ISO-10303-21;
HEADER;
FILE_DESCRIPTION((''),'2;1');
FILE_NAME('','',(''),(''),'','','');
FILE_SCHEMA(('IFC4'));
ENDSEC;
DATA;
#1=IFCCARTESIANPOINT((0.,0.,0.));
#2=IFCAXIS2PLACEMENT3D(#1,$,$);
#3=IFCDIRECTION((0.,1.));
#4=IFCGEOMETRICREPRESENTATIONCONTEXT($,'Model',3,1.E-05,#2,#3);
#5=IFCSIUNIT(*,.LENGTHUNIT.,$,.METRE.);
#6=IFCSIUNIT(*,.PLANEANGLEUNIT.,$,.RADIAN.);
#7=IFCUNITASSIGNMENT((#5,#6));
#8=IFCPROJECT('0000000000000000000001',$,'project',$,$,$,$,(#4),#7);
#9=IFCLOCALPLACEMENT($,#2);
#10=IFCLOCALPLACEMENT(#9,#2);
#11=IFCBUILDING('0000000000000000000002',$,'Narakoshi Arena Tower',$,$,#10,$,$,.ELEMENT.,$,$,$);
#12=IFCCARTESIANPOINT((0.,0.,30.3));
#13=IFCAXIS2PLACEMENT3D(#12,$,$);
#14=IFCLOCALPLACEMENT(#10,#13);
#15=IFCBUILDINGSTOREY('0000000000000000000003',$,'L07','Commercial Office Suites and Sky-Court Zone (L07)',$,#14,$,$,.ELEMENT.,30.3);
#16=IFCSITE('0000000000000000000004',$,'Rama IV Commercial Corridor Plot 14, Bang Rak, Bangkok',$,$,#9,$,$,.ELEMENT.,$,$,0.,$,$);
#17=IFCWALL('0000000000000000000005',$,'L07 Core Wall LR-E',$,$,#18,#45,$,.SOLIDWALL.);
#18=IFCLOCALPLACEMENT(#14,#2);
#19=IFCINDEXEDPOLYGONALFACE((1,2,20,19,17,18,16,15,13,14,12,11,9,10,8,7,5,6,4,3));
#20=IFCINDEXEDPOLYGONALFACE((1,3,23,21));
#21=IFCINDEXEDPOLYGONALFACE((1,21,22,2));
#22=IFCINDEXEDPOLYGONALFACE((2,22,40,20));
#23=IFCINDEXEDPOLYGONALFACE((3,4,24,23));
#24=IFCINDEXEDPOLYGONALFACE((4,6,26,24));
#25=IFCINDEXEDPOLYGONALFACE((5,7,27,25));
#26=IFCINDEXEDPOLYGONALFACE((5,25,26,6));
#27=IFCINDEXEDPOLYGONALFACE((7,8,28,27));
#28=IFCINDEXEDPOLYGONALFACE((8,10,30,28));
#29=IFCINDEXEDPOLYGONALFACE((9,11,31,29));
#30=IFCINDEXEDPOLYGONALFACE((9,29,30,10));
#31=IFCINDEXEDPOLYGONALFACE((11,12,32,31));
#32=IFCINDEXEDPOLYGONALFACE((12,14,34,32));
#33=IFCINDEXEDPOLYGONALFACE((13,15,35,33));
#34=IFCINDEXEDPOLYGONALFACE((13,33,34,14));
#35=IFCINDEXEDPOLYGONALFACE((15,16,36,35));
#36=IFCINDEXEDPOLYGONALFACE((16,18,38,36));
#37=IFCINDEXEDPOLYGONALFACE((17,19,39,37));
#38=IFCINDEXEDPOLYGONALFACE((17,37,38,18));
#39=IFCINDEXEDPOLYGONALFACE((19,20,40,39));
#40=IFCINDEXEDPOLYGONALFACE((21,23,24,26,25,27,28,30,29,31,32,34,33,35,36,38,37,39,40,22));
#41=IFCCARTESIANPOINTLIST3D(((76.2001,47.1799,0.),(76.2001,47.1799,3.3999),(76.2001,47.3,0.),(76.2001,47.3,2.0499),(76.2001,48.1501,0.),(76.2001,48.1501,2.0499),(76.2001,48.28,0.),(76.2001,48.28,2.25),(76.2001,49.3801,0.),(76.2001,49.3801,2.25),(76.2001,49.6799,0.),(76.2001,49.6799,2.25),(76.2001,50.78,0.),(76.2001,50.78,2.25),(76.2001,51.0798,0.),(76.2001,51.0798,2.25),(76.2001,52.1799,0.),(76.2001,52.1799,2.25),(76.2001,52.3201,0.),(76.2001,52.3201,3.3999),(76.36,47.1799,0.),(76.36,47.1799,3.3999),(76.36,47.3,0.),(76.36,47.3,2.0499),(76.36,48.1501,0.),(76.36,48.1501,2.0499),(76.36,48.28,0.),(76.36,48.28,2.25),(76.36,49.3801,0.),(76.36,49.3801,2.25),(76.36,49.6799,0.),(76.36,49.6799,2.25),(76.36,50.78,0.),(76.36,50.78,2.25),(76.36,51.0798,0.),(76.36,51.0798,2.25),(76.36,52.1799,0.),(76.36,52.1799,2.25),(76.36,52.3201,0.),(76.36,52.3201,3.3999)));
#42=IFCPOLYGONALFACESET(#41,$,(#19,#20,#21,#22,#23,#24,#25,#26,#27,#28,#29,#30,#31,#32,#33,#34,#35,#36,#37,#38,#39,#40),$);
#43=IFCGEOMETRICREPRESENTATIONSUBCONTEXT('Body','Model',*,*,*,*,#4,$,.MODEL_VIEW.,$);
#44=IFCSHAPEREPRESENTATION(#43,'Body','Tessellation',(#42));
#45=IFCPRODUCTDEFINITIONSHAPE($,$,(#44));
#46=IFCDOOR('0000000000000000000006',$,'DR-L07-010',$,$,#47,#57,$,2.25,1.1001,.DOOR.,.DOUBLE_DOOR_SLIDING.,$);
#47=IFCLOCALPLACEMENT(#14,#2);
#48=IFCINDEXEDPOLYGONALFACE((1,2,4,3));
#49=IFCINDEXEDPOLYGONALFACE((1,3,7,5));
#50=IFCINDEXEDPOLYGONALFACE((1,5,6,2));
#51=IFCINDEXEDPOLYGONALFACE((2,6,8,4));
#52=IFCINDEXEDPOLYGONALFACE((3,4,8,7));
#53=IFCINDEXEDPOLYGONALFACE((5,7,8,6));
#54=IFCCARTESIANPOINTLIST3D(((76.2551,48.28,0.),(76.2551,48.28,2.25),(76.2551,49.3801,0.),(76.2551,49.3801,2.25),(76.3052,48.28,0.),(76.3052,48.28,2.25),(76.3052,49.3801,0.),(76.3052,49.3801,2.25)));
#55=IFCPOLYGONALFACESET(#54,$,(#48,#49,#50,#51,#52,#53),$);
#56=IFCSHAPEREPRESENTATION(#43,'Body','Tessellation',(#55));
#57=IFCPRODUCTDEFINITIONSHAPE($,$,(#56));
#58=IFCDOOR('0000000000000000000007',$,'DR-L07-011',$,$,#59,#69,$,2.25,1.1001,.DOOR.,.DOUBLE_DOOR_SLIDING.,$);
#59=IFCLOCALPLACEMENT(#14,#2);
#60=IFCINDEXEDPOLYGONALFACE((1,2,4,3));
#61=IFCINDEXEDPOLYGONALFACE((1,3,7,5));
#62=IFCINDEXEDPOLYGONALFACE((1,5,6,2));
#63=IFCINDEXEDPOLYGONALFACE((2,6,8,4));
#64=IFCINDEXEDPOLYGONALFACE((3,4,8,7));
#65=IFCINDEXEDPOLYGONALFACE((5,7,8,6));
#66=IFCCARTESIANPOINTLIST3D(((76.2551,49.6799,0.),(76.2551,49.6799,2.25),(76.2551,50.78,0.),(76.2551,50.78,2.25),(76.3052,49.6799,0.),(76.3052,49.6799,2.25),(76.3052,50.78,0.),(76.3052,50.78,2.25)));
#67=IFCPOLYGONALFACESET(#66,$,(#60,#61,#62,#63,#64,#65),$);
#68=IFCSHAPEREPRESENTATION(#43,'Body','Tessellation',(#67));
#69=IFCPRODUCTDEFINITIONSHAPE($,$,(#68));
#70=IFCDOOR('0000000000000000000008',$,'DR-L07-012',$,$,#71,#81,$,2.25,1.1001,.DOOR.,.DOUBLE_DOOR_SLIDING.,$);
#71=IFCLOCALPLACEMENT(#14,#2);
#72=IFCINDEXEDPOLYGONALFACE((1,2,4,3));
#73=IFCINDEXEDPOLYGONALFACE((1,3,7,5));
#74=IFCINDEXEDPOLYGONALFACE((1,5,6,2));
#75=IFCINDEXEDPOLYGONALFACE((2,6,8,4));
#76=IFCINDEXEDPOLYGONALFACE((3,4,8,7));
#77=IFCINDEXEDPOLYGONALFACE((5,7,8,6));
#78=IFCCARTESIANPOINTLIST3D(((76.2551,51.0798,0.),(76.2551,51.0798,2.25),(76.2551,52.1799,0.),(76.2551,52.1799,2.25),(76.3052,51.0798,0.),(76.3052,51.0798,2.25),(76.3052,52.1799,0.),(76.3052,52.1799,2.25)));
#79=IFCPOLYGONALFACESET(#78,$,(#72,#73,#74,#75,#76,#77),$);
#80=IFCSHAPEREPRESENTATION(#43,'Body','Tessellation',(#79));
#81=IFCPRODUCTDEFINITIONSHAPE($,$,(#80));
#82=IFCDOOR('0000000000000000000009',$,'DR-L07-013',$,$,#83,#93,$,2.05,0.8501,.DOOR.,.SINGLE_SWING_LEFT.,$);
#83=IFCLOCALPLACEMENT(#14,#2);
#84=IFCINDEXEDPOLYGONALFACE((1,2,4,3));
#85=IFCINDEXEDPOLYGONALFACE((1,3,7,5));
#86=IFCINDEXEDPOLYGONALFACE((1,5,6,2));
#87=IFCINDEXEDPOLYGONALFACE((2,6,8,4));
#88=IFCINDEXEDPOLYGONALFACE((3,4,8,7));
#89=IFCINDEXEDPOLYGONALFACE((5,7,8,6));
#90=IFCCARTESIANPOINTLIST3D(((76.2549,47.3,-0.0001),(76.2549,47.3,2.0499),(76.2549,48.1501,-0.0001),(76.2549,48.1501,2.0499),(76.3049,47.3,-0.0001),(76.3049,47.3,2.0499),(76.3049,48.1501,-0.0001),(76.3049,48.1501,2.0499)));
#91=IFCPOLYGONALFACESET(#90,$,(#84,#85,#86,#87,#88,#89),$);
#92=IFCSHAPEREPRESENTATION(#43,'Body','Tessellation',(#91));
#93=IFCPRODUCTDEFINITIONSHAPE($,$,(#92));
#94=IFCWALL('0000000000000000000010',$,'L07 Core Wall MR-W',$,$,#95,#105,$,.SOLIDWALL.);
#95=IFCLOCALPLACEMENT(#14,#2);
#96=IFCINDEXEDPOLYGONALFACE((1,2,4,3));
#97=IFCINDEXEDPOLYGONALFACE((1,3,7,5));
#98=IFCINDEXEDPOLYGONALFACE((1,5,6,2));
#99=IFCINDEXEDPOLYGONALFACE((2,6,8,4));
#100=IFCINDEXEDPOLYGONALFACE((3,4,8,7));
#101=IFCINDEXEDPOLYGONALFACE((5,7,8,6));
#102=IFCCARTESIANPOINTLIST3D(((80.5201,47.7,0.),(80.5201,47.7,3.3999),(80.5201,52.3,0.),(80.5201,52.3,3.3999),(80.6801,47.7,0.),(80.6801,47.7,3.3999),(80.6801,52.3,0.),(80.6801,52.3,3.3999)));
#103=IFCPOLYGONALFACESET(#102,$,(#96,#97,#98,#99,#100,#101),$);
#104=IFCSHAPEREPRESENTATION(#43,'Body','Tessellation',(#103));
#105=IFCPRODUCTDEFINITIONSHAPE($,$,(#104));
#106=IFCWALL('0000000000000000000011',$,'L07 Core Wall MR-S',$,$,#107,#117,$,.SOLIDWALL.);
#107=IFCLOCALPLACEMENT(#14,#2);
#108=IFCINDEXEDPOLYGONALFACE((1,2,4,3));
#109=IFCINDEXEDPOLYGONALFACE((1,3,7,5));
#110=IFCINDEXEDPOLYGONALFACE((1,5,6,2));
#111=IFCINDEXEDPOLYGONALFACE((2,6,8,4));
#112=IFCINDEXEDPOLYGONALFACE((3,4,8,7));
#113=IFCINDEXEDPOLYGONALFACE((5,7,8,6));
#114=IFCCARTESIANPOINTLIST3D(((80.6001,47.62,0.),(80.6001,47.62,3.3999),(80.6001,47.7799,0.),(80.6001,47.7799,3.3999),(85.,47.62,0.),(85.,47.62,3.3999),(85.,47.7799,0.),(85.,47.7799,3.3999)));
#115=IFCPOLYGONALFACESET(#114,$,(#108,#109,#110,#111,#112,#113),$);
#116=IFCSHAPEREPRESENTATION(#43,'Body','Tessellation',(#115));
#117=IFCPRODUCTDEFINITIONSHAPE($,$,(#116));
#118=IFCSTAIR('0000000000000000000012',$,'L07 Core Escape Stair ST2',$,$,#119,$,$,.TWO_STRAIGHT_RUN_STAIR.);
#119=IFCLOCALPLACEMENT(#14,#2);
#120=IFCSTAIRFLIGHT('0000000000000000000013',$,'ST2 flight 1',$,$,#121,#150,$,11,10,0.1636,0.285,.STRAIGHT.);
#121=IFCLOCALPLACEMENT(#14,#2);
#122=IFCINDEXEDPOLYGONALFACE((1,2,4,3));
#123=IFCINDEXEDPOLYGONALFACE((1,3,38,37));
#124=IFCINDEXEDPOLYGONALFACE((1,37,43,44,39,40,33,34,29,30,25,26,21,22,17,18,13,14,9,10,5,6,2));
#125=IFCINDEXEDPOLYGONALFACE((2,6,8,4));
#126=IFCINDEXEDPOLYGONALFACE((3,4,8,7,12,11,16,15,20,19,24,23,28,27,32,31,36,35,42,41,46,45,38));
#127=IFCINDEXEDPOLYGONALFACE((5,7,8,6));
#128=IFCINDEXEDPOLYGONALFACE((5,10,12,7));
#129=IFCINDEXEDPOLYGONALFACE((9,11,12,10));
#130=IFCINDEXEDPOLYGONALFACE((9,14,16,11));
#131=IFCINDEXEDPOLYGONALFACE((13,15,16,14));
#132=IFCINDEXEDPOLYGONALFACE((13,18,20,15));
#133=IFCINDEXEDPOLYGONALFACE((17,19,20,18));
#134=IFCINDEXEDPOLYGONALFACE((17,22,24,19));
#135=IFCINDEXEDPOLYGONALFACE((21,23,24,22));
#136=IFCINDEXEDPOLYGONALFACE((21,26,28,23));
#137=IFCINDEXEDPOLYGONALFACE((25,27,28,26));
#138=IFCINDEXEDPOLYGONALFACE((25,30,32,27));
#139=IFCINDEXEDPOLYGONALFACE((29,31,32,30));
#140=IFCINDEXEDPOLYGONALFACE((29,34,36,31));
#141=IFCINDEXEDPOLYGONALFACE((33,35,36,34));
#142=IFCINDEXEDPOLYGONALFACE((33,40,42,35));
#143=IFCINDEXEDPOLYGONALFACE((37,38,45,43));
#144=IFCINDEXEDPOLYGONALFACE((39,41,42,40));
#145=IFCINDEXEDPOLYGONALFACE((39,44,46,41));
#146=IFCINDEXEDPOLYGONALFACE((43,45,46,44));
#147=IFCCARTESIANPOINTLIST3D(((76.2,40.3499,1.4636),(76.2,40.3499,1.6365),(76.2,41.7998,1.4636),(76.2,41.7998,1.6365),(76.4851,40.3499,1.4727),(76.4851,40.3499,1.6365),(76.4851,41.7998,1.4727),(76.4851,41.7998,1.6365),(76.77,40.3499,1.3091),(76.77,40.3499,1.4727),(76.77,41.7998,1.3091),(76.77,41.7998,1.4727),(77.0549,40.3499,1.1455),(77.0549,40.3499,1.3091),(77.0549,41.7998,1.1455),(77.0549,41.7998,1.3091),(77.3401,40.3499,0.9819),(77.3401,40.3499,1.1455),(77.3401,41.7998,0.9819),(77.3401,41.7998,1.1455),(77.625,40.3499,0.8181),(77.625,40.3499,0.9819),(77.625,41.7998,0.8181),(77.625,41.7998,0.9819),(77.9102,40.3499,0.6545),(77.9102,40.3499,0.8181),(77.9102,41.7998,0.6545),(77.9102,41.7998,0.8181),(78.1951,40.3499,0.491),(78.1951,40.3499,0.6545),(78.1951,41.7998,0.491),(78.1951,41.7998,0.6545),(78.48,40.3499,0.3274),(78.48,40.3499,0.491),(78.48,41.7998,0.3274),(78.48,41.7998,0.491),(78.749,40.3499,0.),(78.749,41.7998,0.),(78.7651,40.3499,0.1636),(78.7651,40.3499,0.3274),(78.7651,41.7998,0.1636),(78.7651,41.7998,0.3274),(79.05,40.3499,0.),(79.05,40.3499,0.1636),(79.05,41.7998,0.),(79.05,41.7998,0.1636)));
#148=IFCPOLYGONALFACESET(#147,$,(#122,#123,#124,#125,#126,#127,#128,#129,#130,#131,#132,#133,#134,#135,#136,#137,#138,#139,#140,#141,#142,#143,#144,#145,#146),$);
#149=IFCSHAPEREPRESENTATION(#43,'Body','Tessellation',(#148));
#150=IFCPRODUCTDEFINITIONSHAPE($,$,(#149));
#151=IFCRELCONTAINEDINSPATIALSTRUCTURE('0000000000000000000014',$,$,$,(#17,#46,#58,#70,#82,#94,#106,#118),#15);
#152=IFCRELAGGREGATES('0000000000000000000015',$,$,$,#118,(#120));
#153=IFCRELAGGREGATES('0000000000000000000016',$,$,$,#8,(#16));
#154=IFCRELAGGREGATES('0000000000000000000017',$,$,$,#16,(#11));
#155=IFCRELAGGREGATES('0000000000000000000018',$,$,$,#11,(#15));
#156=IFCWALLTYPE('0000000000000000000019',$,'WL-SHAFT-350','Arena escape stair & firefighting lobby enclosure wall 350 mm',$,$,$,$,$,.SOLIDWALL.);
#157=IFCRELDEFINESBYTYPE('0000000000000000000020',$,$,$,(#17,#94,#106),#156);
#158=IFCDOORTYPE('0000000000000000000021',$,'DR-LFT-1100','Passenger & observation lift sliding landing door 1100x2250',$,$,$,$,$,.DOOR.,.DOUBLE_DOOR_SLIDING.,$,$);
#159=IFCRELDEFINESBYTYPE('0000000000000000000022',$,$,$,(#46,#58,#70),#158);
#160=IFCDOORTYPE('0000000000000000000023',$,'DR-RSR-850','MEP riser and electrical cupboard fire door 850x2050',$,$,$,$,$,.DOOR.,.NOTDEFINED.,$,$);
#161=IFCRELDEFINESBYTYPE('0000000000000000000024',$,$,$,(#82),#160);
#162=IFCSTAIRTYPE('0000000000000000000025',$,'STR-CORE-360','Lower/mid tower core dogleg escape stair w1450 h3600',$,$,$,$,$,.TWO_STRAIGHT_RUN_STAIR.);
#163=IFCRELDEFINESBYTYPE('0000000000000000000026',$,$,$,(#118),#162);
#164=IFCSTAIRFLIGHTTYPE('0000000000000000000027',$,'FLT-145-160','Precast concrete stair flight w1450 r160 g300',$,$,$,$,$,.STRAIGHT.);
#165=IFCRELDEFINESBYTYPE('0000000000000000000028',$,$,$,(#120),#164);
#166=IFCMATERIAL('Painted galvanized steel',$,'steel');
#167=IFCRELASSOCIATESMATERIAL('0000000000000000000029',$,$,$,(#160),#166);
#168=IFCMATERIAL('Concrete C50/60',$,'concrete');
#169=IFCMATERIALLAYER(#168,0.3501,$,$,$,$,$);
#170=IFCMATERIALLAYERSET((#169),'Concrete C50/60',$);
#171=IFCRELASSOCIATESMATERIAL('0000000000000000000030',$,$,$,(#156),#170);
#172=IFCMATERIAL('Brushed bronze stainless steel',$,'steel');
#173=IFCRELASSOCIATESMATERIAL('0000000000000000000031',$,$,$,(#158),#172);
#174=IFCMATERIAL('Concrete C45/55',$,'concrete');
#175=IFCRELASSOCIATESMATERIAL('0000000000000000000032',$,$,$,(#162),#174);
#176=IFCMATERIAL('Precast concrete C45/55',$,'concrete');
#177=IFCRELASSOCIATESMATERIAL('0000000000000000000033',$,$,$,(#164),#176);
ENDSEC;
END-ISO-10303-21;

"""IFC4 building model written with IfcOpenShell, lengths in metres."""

from ifc_helpers import new_model, si_unit, direction, frame, frame_2d, origin, place, context, subcontext, project, spatial, polyline, rectangle, outline, extrude, material, layer, layer_set, type_object, element, fill, aggregate, save


model = new_model("IFC4")

# Units and contexts
model_context = context("Model", 3, precision=1e-05, world=origin(), true_north=direction((0.0, 1.0)))
body_context = subcontext(model_context, "Body", "Model", "MODEL_VIEW")
ifc_project = project(units=[si_unit("LENGTHUNIT", "METRE"), si_unit("PLANEANGLEUNIT", "RADIAN")], contexts=[model_context])

# Site, building, storey
site_placement = place(None, origin())
site = spatial("IfcSite", under=ifc_project, at=site_placement, Name="Rama IV Commercial Corridor Plot 14, Bang Rak, Bangkok", CompositionType="ELEMENT", RefElevation=0.0)
building_placement = place(site_placement, origin())
building = spatial("IfcBuilding", under=site, at=building_placement, Name="Narakoshi Arena Tower", CompositionType="ELEMENT")
storey_placement = place(building_placement, frame((0.0, 0.0, 30.3)))
storey = spatial("IfcBuildingStorey", under=building, at=storey_placement, Name="L07", Description="Commercial Office Suites and Sky-Court Zone (L07)", CompositionType="ELEMENT", Elevation=30.3)

# Shared definitions
ifc_material_1 = material(Name="Painted galvanized steel", Category="steel")
door_type_1 = type_object("IfcDoorType", Name="DR-RSR-850", Description="MEP riser and electrical cupboard fire door 850x2050", OperationType="NOTDEFINED", PredefinedType="DOOR", material=ifc_material_1)

# Shared definitions
ifc_material_2 = material(Name="Concrete C50/60", Category="concrete")
ifc_layer_1 = layer(ifc_material_2, 0.3501)
ifc_layer_set_1 = layer_set([ifc_layer_1], Name="Concrete C50/60")
wall_type_1 = type_object("IfcWallType", Name="WL-SHAFT-350", Description="Arena escape stair & firefighting lobby enclosure wall 350 mm", PredefinedType="SOLIDWALL", material=ifc_layer_set_1)

# Wall, openings, doors
wall_1_placement = place(storey_placement, frame((76.28, 47.1799, 0.0), z_axis=(0.0, 0.0, 1.0), x_axis=(0.0, 1.0, 0.0)))
wall_1 = element("IfcWall", 1, at=wall_1_placement, inside=storey, type_object=wall_type_1, Name="L07 Core Wall LR-E", PredefinedType="SOLIDWALL", context=body_context, shape_type="SweptSolid", body=[
    extrude(rectangle(XDim=5.1401, YDim=0.1599, at=frame_2d((2.5701, 0.0))), origin(), (0.0, 0.0, 1.0), 3.3999),
])
opening_1_placement = place(wall_1_placement, frame((1.1001, 0.0, 0.0)))
opening_1 = element("IfcOpeningElement", 2, at=opening_1_placement, cuts=wall_1, PredefinedType="OPENING", context=body_context, shape_type="SweptSolid", body=[
    extrude(rectangle(XDim=1.1001, YDim=2.25, at=frame_2d((0.55, 1.125))), frame((0.0, 0.0898, 0.0), z_axis=(0.0, -1.0, 0.0), x_axis=(1.0, 0.0, 0.0)), (0.0, 0.0, 1.0), 0.1799),
])
opening_2_placement = place(wall_1_placement, frame((2.5, 0.0, 0.0)))
opening_2 = element("IfcOpeningElement", 3, at=opening_2_placement, cuts=wall_1, PredefinedType="OPENING", context=body_context, shape_type="SweptSolid", body=[
    extrude(rectangle(XDim=1.1001, YDim=2.25, at=frame_2d((0.55, 1.125))), frame((0.0, 0.0898, 0.0), z_axis=(0.0, -1.0, 0.0), x_axis=(1.0, 0.0, 0.0)), (0.0, 0.0, 1.0), 0.1799),
])
opening_3_placement = place(wall_1_placement, frame((3.8999, 0.0, 0.0)))
opening_3 = element("IfcOpeningElement", 4, at=opening_3_placement, cuts=wall_1, PredefinedType="OPENING", context=body_context, shape_type="SweptSolid", body=[
    extrude(rectangle(XDim=1.1001, YDim=2.25, at=frame_2d((0.55, 1.125))), frame((0.0, 0.0898, 0.0), z_axis=(0.0, -1.0, 0.0), x_axis=(1.0, 0.0, 0.0)), (0.0, 0.0, 1.0), 0.1799),
])
opening_4_placement = place(wall_1_placement, frame((0.1201, 0.0, 0.0)))
opening_4 = element("IfcOpeningElement", 5, at=opening_4_placement, cuts=wall_1, PredefinedType="OPENING", context=body_context, shape_type="SweptSolid", body=[
    extrude(rectangle(XDim=0.8501, YDim=2.05, at=frame_2d((0.425, 1.0249))), frame((0.0, 0.0898, 0.0), z_axis=(0.0, -1.0, 0.0), x_axis=(1.0, 0.0, 0.0)), (0.0, 0.0, 1.0), 0.1799),
])
ifc_material_3 = material(Name="Brushed bronze stainless steel", Category="steel")
door_type_2 = type_object("IfcDoorType", Name="DR-LFT-1100", Description="Passenger & observation lift sliding landing door 1100x2250", OperationType="DOUBLE_DOOR_SLIDING", PredefinedType="DOOR", material=ifc_material_3)
door_1_placement = place(opening_1_placement, origin())
door_1 = element("IfcDoor", 6, at=door_1_placement, inside=storey, type_object=door_type_2, Name="DR-L07-010", OperationType="DOUBLE_DOOR_SLIDING", OverallHeight=2.25, OverallWidth=1.1001, PredefinedType="DOOR", context=body_context, shape_type="SweptSolid", body=[
    extrude(rectangle(XDim=1.1001, YDim=2.25, at=frame_2d((0.55, 1.125))), frame((0.0, 0.0249, 0.0), z_axis=(0.0, -1.0, 0.0), x_axis=(1.0, 0.0, 0.0)), (0.0, 0.0, 1.0), 0.05),
])
fill(opening_1, door_1)
door_2_placement = place(opening_2_placement, origin())
door_2 = element("IfcDoor", 7, at=door_2_placement, inside=storey, type_object=door_type_2, Name="DR-L07-011", OperationType="DOUBLE_DOOR_SLIDING", OverallHeight=2.25, OverallWidth=1.1001, PredefinedType="DOOR", context=body_context, shape_type="SweptSolid", body=[
    extrude(rectangle(XDim=1.1001, YDim=2.25, at=frame_2d((0.55, 1.125))), frame((0.0, 0.0249, 0.0), z_axis=(0.0, -1.0, 0.0), x_axis=(1.0, 0.0, 0.0)), (0.0, 0.0, 1.0), 0.05),
])
fill(opening_2, door_2)
door_3_placement = place(opening_3_placement, origin())
door_3 = element("IfcDoor", 8, at=door_3_placement, inside=storey, type_object=door_type_2, Name="DR-L07-012", OperationType="DOUBLE_DOOR_SLIDING", OverallHeight=2.25, OverallWidth=1.1001, PredefinedType="DOOR", context=body_context, shape_type="SweptSolid", body=[
    extrude(rectangle(XDim=1.1001, YDim=2.25, at=frame_2d((0.55, 1.125))), frame((0.0, 0.0249, 0.0), z_axis=(0.0, -1.0, 0.0), x_axis=(1.0, 0.0, 0.0)), (0.0, 0.0, 1.0), 0.05),
])
fill(opening_3, door_3)
door_4_placement = place(opening_4_placement, frame((0.8501, 0.0, 0.0), z_axis=(0.0, 0.0, 1.0), x_axis=(-1.0, 0.0, 0.0)))
door_4 = element("IfcDoor", 9, at=door_4_placement, inside=storey, type_object=door_type_1, Name="DR-L07-013", OperationType="SINGLE_SWING_LEFT", OverallHeight=2.05, OverallWidth=0.8501, PredefinedType="DOOR", context=body_context, shape_type="SweptSolid", body=[
    extrude(rectangle(XDim=0.8501, YDim=2.05, at=frame_2d((0.425, 1.0249))), frame((0.0, 0.0249, 0.0), z_axis=(0.0, -1.0, 0.0), x_axis=(1.0, 0.0, 0.0)), (0.0, 0.0, 1.0), 0.05),
])
fill(opening_4, door_4)

# Walls
wall_2_placement = place(storey_placement, frame((80.6001, 47.7, 0.0), z_axis=(0.0, 0.0, 1.0), x_axis=(0.0, 1.0, 0.0)))
element("IfcWall", 10, at=wall_2_placement, inside=storey, type_object=wall_type_1, Name="L07 Core Wall MR-W", PredefinedType="SOLIDWALL", context=body_context, shape_type="SweptSolid", body=[
    extrude(rectangle(XDim=4.6001, YDim=0.1599, at=frame_2d((2.3, 0.0))), origin(), (0.0, 0.0, 1.0), 3.3999),
])
wall_3_placement = place(storey_placement, frame((80.6001, 47.7, 0.0), z_axis=(0.0, 0.0, 1.0), x_axis=(1.0, 0.0, 0.0)))
element("IfcWall", 11, at=wall_3_placement, inside=storey, type_object=wall_type_1, Name="L07 Core Wall MR-S", PredefinedType="SOLIDWALL", context=body_context, shape_type="SweptSolid", body=[
    extrude(rectangle(XDim=4.3999, YDim=0.1599, at=frame_2d((2.2, 0.0))), origin(), (0.0, 0.0, 1.0), 3.3999),
])

# Stair, stair flight
ifc_material_4 = material(Name="Concrete C45/55", Category="concrete")
stair_type = type_object("IfcStairType", Name="STR-CORE-360", Description="Lower/mid tower core dogleg escape stair w1450 h3600", PredefinedType="TWO_STRAIGHT_RUN_STAIR", material=ifc_material_4)
stair_1_placement = place(storey_placement, origin())
stair_1 = element("IfcStair", 12, at=stair_1_placement, inside=storey, type_object=stair_type, Name="L07 Core Escape Stair ST2", PredefinedType="TWO_STRAIGHT_RUN_STAIR")
ifc_material_5 = material(Name="Precast concrete C45/55", Category="concrete")
stair_flight_type = type_object("IfcStairFlightType", Name="FLT-145-160", Description="Precast concrete stair flight w1450 r160 g300", PredefinedType="STRAIGHT", material=ifc_material_5)
stair_flight_1_placement = place(storey_placement, frame((79.05, 41.075, 0.0), z_axis=(0.0, 0.0, 1.0), x_axis=(-1.0, 0.0, 0.0)))
stair_flight_1 = element("IfcStairFlight", 13, at=stair_flight_1_placement, type_object=stair_flight_type, Name="ST2 flight 1", NumberOfRisers=11, NumberOfTreads=10, PredefinedType="STRAIGHT", RiserHeight=0.1636, TreadLength=0.285, context=body_context, shape_type="SweptSolid", body=[
    extrude(outline(polyline([(0.0, 0.0), (0.0, 0.1636), (0.2849, 0.1636), (0.2849, 0.3274), (0.5701, 0.3274), (0.5701, 0.491), (0.855, 0.491), (0.855, 0.6545), (1.1399, 0.6545), (1.1399, 0.8181), (1.425, 0.8181), (1.425, 0.9819), (1.71, 0.9819), (1.71, 1.1455), (1.9951, 1.1455), (1.9951, 1.3091), (2.28, 1.3091), (2.28, 1.4727), (2.5649, 1.4727), (2.5649, 1.6365), (2.8501, 1.6365), (2.8501, 1.8), (2.8501, 1.4636), (0.301, 0.0), (0.0, 0.0)])), frame((0.0, 0.7251, 0.0), z_axis=(0.0, -1.0, 0.0), x_axis=(1.0, 0.0, 0.0)), (0.0, 0.0, 1.0), 1.45),
])
aggregate(stair_1, [stair_flight_1])

save(model, "model.ifc")
